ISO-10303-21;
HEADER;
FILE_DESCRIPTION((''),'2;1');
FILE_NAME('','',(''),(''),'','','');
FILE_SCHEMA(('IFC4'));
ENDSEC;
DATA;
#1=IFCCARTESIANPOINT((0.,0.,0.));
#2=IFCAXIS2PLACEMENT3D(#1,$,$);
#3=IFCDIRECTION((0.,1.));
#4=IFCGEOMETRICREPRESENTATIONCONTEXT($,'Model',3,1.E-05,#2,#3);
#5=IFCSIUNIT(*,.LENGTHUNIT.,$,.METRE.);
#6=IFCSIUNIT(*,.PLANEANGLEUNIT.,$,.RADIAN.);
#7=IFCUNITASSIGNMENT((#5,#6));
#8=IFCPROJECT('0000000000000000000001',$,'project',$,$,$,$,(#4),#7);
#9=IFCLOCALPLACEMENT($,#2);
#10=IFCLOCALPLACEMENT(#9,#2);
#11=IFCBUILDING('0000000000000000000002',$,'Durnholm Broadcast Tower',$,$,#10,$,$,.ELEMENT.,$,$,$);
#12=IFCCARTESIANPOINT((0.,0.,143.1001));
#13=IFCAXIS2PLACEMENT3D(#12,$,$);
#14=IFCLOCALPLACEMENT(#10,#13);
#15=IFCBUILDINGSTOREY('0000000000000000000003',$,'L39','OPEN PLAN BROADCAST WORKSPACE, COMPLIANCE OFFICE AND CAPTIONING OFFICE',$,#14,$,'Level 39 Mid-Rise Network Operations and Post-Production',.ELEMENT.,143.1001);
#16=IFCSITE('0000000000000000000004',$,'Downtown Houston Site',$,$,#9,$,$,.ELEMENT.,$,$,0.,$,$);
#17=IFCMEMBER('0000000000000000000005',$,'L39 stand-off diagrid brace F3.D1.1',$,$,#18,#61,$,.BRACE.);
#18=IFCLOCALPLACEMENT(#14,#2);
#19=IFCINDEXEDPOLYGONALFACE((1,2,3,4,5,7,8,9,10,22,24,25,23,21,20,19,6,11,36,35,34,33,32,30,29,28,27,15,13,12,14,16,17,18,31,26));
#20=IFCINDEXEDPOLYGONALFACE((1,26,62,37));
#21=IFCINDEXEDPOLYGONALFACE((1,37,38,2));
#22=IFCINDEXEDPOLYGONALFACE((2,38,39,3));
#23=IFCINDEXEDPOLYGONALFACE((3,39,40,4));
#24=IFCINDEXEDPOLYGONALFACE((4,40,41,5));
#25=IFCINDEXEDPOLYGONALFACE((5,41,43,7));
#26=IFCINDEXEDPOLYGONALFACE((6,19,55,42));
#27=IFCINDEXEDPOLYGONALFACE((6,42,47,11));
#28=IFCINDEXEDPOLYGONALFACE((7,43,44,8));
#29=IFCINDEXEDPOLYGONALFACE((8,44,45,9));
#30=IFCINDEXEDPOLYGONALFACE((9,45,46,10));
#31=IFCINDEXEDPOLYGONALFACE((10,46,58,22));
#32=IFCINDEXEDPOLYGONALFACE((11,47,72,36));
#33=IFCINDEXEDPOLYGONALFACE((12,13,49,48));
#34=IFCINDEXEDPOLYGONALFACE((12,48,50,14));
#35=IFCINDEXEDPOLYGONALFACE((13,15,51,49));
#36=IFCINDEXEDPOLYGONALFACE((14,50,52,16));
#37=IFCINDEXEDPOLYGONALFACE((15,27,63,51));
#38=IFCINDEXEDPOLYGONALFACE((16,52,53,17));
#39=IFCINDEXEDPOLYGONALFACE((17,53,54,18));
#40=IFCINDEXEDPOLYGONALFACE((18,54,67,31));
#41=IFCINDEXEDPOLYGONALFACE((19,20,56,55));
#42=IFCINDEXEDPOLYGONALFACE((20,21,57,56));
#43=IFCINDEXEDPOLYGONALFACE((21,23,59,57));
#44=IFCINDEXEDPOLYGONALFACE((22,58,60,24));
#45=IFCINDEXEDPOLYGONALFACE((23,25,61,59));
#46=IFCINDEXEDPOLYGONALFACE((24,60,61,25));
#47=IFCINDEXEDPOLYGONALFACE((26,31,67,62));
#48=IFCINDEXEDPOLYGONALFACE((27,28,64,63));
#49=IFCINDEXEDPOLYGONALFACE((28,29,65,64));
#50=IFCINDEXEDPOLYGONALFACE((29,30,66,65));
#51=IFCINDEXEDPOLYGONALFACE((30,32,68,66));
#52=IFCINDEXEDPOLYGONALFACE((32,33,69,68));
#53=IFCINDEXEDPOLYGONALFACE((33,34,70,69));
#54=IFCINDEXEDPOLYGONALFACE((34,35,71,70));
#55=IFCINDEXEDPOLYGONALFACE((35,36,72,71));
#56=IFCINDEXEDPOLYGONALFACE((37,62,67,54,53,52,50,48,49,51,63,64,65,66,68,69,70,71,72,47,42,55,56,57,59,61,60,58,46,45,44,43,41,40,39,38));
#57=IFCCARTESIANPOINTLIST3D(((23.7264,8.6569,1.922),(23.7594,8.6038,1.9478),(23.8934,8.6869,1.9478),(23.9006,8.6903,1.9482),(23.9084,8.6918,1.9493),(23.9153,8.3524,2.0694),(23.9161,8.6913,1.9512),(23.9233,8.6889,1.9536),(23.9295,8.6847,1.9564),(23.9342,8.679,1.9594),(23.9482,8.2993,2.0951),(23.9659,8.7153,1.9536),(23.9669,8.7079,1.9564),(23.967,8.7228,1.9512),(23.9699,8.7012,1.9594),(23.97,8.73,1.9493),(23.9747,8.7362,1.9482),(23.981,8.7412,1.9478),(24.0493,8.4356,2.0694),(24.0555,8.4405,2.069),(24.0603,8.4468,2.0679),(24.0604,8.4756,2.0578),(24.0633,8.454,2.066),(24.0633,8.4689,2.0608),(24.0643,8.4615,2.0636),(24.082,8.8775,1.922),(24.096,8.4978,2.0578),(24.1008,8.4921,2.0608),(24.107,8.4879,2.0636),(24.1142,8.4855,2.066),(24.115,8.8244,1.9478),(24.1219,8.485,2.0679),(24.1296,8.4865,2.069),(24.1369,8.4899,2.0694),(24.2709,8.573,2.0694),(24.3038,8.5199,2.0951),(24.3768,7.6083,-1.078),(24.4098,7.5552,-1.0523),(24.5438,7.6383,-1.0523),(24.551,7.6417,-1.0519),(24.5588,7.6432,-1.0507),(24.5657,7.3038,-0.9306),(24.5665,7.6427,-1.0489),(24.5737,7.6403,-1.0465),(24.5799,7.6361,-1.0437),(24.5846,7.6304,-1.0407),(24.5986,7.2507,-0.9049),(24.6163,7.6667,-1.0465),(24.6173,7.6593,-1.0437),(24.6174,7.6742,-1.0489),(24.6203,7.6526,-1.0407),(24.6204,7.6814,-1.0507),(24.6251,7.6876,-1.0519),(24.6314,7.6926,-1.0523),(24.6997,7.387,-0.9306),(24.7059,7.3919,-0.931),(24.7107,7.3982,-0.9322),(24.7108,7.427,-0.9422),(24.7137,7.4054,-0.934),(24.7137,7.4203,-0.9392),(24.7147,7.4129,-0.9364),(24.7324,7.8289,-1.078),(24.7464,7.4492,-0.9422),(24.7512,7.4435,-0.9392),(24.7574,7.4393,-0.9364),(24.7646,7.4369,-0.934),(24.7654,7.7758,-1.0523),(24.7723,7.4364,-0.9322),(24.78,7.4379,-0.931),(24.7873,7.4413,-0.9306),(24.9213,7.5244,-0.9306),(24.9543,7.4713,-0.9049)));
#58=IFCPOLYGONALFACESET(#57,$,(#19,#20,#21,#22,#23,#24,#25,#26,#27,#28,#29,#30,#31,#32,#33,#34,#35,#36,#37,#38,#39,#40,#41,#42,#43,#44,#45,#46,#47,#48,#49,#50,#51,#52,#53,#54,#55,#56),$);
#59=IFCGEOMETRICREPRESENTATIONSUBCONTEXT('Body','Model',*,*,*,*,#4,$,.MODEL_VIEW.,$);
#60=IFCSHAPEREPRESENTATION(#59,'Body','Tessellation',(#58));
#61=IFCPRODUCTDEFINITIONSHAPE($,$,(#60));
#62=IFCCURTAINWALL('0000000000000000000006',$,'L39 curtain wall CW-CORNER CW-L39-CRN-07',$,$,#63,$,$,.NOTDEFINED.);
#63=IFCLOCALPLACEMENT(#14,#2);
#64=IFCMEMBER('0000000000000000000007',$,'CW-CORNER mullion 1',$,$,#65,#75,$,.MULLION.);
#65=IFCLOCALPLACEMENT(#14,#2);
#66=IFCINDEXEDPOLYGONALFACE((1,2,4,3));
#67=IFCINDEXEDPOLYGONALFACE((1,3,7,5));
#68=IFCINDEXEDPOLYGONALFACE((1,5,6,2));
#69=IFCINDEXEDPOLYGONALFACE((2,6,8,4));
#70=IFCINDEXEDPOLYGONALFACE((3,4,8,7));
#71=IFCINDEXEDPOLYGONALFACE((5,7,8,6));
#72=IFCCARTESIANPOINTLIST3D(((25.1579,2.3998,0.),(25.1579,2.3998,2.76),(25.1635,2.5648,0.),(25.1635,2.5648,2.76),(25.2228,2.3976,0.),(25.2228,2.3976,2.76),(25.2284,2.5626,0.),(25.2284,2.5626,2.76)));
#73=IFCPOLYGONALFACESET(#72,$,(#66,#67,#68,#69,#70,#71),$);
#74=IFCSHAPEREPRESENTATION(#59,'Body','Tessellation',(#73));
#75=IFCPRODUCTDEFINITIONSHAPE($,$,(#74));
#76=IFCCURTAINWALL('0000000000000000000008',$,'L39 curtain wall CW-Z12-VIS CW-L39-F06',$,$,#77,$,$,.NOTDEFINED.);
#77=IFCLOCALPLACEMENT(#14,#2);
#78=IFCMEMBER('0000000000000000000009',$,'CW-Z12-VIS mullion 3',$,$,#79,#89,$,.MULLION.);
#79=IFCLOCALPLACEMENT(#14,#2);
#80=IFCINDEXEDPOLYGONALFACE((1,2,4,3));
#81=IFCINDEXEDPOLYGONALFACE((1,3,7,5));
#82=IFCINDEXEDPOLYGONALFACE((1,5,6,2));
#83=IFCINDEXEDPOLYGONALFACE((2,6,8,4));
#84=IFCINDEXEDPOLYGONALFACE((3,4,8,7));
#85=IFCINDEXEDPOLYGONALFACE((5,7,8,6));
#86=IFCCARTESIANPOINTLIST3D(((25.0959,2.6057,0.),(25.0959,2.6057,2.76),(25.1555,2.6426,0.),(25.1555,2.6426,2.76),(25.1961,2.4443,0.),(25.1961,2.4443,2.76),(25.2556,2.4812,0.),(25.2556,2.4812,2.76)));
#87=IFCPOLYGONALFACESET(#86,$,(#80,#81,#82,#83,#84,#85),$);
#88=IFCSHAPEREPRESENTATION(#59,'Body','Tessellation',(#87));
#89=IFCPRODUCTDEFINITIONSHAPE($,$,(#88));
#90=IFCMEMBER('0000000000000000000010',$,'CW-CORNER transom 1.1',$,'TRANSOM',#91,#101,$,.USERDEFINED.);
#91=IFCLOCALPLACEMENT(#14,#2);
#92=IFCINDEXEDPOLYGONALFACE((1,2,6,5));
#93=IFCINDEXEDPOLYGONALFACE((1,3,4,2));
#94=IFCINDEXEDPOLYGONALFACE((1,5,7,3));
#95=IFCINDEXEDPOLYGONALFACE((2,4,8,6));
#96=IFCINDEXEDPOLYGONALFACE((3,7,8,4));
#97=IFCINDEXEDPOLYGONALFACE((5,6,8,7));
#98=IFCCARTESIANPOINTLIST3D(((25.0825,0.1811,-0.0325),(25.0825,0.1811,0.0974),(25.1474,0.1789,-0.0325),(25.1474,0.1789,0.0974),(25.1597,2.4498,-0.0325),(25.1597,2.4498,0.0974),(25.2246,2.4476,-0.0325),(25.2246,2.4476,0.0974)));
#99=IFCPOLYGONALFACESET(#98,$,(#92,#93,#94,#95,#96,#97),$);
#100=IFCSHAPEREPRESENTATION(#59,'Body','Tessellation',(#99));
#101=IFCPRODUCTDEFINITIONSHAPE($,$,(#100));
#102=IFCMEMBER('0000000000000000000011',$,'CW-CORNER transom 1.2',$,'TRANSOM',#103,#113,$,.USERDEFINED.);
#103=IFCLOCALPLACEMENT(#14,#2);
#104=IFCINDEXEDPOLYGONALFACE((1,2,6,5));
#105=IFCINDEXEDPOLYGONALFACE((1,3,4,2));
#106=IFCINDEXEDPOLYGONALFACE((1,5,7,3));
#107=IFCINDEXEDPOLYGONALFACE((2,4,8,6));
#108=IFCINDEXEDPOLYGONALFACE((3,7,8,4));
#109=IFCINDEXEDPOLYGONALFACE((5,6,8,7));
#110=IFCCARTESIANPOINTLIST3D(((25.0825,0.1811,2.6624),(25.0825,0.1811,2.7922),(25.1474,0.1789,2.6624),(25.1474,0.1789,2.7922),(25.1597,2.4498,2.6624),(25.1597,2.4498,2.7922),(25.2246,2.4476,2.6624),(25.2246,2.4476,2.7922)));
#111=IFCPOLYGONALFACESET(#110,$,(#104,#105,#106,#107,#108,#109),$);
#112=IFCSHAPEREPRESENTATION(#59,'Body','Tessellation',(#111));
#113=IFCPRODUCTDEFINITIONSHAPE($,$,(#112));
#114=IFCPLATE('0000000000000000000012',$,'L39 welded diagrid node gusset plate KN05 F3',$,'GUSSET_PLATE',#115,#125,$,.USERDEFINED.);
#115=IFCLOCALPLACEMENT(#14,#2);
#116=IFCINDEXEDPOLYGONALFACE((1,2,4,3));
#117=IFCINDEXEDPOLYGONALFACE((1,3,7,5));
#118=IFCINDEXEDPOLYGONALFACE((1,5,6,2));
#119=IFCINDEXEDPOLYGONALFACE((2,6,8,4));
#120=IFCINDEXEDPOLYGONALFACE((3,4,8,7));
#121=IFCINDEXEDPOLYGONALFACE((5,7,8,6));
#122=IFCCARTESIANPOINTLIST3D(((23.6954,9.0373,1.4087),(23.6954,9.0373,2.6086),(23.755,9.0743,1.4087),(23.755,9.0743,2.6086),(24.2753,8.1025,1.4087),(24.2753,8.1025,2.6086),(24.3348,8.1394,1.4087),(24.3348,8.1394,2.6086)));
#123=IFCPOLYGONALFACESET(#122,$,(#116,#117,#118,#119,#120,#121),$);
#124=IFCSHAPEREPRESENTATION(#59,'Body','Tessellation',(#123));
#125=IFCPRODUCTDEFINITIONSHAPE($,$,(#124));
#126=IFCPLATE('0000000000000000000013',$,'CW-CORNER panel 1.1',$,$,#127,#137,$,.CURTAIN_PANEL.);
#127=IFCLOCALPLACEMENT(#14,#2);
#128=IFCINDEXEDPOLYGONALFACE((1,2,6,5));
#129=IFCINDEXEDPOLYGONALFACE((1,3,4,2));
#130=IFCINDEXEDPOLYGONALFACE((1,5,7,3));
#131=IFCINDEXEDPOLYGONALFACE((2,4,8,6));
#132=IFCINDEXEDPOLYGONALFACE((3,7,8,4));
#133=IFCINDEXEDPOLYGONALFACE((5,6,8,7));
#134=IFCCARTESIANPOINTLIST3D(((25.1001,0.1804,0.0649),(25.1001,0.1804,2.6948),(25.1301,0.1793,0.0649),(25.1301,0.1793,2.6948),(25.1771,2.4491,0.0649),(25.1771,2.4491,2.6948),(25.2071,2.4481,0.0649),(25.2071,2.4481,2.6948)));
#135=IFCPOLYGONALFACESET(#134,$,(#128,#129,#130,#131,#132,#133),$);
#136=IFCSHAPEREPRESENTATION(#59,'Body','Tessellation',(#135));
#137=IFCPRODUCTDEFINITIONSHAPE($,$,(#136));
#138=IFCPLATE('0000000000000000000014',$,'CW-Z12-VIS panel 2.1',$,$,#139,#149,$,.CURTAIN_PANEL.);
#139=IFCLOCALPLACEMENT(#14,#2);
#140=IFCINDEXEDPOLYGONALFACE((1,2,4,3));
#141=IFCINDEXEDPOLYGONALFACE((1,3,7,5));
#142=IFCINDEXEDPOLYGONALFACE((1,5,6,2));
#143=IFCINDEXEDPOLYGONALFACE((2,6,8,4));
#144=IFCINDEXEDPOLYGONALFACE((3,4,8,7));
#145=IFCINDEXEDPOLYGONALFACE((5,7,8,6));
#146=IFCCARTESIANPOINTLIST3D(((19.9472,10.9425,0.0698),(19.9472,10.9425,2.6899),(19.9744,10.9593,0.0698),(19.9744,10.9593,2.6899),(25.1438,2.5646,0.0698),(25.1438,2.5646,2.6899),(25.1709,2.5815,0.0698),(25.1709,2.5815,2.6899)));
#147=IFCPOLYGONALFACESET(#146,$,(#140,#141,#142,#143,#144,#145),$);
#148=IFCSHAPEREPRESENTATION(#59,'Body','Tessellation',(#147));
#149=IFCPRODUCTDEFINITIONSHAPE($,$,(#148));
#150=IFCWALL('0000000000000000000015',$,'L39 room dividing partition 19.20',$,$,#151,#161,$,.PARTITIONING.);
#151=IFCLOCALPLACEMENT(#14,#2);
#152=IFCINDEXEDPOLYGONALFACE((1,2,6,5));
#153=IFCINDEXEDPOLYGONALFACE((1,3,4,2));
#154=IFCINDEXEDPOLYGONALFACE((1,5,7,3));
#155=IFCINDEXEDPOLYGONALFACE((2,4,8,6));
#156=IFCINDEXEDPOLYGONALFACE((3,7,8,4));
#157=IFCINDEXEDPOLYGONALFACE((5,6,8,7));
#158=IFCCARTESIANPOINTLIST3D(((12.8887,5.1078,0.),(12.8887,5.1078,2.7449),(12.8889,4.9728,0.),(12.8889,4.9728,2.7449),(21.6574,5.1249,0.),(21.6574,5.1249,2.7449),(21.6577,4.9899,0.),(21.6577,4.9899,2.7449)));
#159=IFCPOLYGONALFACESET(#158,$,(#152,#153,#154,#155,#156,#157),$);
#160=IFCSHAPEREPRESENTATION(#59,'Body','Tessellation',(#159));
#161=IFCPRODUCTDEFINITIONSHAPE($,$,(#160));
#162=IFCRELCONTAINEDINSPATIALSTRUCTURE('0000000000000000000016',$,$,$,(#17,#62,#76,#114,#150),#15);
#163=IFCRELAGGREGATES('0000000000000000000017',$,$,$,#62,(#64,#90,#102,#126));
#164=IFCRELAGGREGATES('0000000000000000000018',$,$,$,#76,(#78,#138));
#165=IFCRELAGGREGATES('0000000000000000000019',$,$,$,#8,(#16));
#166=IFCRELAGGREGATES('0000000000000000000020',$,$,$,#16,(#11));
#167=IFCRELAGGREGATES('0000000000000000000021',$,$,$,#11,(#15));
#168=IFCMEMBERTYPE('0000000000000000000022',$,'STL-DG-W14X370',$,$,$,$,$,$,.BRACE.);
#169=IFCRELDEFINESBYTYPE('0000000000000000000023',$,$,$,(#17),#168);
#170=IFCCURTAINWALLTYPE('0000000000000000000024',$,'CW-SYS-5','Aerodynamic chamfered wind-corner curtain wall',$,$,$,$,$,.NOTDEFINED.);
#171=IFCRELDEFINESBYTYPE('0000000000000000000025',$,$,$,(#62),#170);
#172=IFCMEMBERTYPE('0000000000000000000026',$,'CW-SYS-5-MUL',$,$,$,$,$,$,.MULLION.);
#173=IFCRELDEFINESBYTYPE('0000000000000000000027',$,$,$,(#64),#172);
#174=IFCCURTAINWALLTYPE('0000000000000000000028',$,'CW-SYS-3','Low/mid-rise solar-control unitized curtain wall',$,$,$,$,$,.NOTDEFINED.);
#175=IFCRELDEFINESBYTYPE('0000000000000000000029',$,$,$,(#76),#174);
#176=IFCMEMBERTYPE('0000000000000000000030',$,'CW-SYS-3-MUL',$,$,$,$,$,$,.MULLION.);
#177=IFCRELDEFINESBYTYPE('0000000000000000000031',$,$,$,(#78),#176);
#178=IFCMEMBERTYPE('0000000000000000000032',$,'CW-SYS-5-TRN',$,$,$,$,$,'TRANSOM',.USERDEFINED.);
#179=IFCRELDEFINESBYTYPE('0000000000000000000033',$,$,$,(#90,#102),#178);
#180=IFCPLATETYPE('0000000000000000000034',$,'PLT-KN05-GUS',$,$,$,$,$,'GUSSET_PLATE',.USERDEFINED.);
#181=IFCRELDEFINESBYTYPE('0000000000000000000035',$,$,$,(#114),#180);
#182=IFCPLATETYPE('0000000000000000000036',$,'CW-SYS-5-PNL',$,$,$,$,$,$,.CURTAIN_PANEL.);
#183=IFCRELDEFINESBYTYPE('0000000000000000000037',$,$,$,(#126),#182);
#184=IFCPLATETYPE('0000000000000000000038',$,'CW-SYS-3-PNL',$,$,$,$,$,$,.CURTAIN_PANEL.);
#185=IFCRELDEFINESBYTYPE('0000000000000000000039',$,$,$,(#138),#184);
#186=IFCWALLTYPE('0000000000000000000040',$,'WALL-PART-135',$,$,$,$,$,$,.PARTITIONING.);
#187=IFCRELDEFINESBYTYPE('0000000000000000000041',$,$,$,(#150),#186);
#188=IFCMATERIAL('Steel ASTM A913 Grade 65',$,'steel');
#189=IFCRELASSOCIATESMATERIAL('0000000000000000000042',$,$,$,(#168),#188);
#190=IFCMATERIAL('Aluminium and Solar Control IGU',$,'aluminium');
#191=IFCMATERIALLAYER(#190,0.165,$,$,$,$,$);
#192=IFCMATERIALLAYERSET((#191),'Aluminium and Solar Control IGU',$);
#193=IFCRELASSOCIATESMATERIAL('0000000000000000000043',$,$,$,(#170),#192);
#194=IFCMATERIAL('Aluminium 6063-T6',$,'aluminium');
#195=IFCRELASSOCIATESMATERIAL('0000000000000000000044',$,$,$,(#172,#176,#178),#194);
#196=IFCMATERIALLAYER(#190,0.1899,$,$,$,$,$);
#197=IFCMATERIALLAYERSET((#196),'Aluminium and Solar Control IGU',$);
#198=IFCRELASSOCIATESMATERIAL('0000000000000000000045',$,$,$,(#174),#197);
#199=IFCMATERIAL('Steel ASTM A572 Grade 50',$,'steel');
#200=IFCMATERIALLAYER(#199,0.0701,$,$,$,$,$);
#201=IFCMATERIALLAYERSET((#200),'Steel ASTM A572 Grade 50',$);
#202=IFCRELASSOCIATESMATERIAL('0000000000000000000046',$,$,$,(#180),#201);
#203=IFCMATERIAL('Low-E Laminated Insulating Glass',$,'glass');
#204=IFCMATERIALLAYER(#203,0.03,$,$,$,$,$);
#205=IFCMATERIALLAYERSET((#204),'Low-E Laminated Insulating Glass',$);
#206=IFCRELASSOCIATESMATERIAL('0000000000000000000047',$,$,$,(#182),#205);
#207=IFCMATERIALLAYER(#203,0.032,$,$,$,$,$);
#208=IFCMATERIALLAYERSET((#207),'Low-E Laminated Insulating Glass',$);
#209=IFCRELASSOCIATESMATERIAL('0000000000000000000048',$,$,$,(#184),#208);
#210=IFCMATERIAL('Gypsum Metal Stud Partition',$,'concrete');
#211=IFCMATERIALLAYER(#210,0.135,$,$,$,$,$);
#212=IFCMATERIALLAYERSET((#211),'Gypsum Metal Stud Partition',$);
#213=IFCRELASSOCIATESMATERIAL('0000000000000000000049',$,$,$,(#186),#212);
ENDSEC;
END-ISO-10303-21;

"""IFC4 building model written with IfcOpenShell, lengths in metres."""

from ifc_helpers import new_model, si_unit, direction, frame, frame_2d, origin, origin_2d, place, context, subcontext, project, spatial, rectangle, i_section, extrude, source, transform, mapped, material, layer, layer_set, material_profile, profile_set, type_object, type_shapes, element, aggregate, save


model = new_model("IFC4")

# Units and contexts
model_context = context("Model", 3, precision=1e-05, world=origin(), true_north=direction((0.0, 1.0)))
body_context = subcontext(model_context, "Body", "Model", "MODEL_VIEW")
ifc_project = project(units=[si_unit("LENGTHUNIT", "METRE"), si_unit("PLANEANGLEUNIT", "RADIAN")], contexts=[model_context])

# Site, building, storey
site_placement = place(None, origin())
site = spatial("IfcSite", under=ifc_project, at=site_placement, Name="Downtown Houston Site", CompositionType="ELEMENT", RefElevation=0.0)
building_placement = place(site_placement, origin())
building = spatial("IfcBuilding", under=site, at=building_placement, Name="Durnholm Broadcast Tower", CompositionType="ELEMENT")
storey_placement = place(building_placement, frame((0.0, 0.0, 143.1001)))
storey = spatial("IfcBuildingStorey", under=building, at=storey_placement, Name="L39", Description="OPEN PLAN BROADCAST WORKSPACE, COMPLIANCE OFFICE AND CAPTIONING OFFICE", LongName="Level 39 Mid-Rise Network Operations and Post-Production", CompositionType="ELEMENT", Elevation=143.1001)

# Member
ifc_material_1 = material(Name="Steel ASTM A913 Grade 65", Category="steel")
ifc_material_profile_1 = material_profile(ifc_material_1, i_section(OverallWidth=0.4185, OverallDepth=0.4551, WebThickness=0.042, FlangeThickness=0.0676, FilletRadius=0.0305, at=origin_2d()), Name="W14X370")
ifc_profile_set_1 = profile_set([ifc_material_profile_1], Name="Steel ASTM A913 Grade 65")
member_type_1 = type_object("IfcMemberType", Name="STL-DG-W14X370", PredefinedType="BRACE", material=ifc_profile_set_1)
shared_shape_1 = source(origin(), body_context, "Body", "SweptSolid", [
    extrude(i_section(OverallWidth=0.4185, OverallDepth=0.4551, WebThickness=0.042, FlangeThickness=0.0676, FilletRadius=0.0305, at=origin_2d()), origin(), (0.0, 0.0, 1.0), 3.2439),
])
type_shapes(member_type_1, [shared_shape_1])
member_1_placement = place(storey_placement, frame((24.6655, 7.5398, -0.9915), z_axis=(-0.2005, 0.323253, 0.924828), x_axis=(-0.849805, -0.527097, 0.0)))
element("IfcMember", 1, at=member_1_placement, inside=storey, type_object=member_type_1, Name="L39 stand-off diagrid brace F3.D1.1", PredefinedType="BRACE", context=body_context, shape_type="MappedRepresentation", body=[
    mapped(shared_shape_1, transform((0.0, 0.0, 0.0), x_axis=(1.0, 0.0, 0.0), y_axis=(0.0, 1.0, 0.0), z_axis=(0.0, 0.0, 1.0), scale=1.0)),
])

# Curtain walls, members
ifc_material_2 = material(Name="Aluminium and Solar Control IGU", Category="aluminium")
ifc_layer_1 = layer(ifc_material_2, 0.165)
ifc_layer_set_1 = layer_set([ifc_layer_1], Name="Aluminium and Solar Control IGU")
curtain_wall_type_1 = type_object("IfcCurtainWallType", Name="CW-SYS-5", Description="Aerodynamic chamfered wind-corner curtain wall", PredefinedType="NOTDEFINED", material=ifc_layer_set_1)
curtain_wall_1_placement = place(storey_placement, origin())
curtain_wall_1 = element("IfcCurtainWall", 2, at=curtain_wall_1_placement, inside=storey, type_object=curtain_wall_type_1, Name="L39 curtain wall CW-CORNER CW-L39-CRN-07", PredefinedType="NOTDEFINED")
ifc_material_3 = material(Name="Aluminium 6063-T6", Category="aluminium")
ifc_material_profile_2 = material_profile(ifc_material_3, rectangle(XDim=0.0649, YDim=0.165, at=origin_2d()), Name="CWM65X165")
ifc_profile_set_2 = profile_set([ifc_material_profile_2], Name="Aluminium 6063-T6")
member_type_2 = type_object("IfcMemberType", Name="CW-SYS-5-MUL", PredefinedType="MULLION", material=ifc_profile_set_2)
shared_shape_2 = source(origin(), body_context, "Body", "SweptSolid", [
    extrude(rectangle(XDim=0.0649, YDim=0.165, at=origin_2d()), origin(), (0.0, 0.0, 1.0), 2.76),
])
type_shapes(member_type_2, [shared_shape_2])
member_2_placement = place(storey_placement, frame((25.1931, 2.4812, 0.0), z_axis=(0.0, 0.0, 1.0), x_axis=(0.999425, -0.033917, 0.0)))
member_2 = element("IfcMember", 3, at=member_2_placement, type_object=member_type_2, Name="CW-CORNER mullion 1", PredefinedType="MULLION", context=body_context, shape_type="MappedRepresentation", body=[
    mapped(shared_shape_2, transform((0.0, 0.0, 0.0), x_axis=(1.0, 0.0, 0.0), y_axis=(0.0, 1.0, 0.0), z_axis=(0.0, 0.0, 1.0), scale=1.0)),
])
ifc_layer_2 = layer(ifc_material_2, 0.1899)
ifc_layer_set_2 = layer_set([ifc_layer_2], Name="Aluminium and Solar Control IGU")
curtain_wall_type_2 = type_object("IfcCurtainWallType", Name="CW-SYS-3", Description="Low/mid-rise solar-control unitized curtain wall", PredefinedType="NOTDEFINED", material=ifc_layer_set_2)
curtain_wall_2_placement = place(storey_placement, origin())
curtain_wall_2 = element("IfcCurtainWall", 4, at=curtain_wall_2_placement, inside=storey, type_object=curtain_wall_type_2, Name="L39 curtain wall CW-Z12-VIS CW-L39-F06", PredefinedType="NOTDEFINED")
ifc_material_profile_3 = material_profile(ifc_material_3, rectangle(XDim=0.0701, YDim=0.1899, at=origin_2d()), Name="CWM70X190")
ifc_profile_set_3 = profile_set([ifc_material_profile_3], Name="Aluminium 6063-T6")
member_type_3 = type_object("IfcMemberType", Name="CW-SYS-3-MUL", PredefinedType="MULLION", material=ifc_profile_set_3)
shared_shape_3 = source(origin(), body_context, "Body", "SweptSolid", [
    extrude(rectangle(XDim=0.0701, YDim=0.1899, at=origin_2d()), origin(), (0.0, 0.0, 1.0), 2.76),
])
type_shapes(member_type_3, [shared_shape_3])
member_3_placement = place(storey_placement, frame((25.1758, 2.5435, 0.0), z_axis=(0.0, 0.0, 1.0), x_axis=(0.8498, 0.527105, 0.0)))
member_3 = element("IfcMember", 5, at=member_3_placement, type_object=member_type_3, Name="CW-Z12-VIS mullion 3", PredefinedType="MULLION", context=body_context, shape_type="MappedRepresentation", body=[
    mapped(shared_shape_3, transform((0.0, 0.0, 0.0), x_axis=(1.0, 0.0, 0.0), y_axis=(0.0, 1.0, 0.0), z_axis=(0.0, 0.0, 1.0), scale=1.0)),
])

# Members
ifc_material_profile_4 = material_profile(ifc_material_3, rectangle(XDim=0.0649, YDim=0.1299, at=origin_2d()), Name="CWT65X130")
ifc_profile_set_4 = profile_set([ifc_material_profile_4], Name="Aluminium 6063-T6")
member_type_4 = type_object("IfcMemberType", Name="CW-SYS-5-TRN", ElementType="TRANSOM", PredefinedType="USERDEFINED", material=ifc_profile_set_4)
shared_shape_4 = source(origin(), body_context, "Body", "SweptSolid", [
    extrude(rectangle(XDim=0.0649, YDim=0.1299, at=origin_2d()), origin(), (0.0, 0.0, 1.0), 2.27),
])
type_shapes(member_type_4, [shared_shape_4])
member_4_placement = place(storey_placement, frame((25.1921, 2.4487, 0.0325), z_axis=(-0.033984, -0.999422, 0.0), x_axis=(0.999422, -0.033984, 0.0)))
member_4 = element("IfcMember", 6, at=member_4_placement, type_object=member_type_4, Name="CW-CORNER transom 1.1", ObjectType="TRANSOM", PredefinedType="USERDEFINED", context=body_context, shape_type="MappedRepresentation", body=[
    mapped(shared_shape_4, transform((0.0, 0.0, 0.0), x_axis=(1.0, 0.0, 0.0), y_axis=(0.0, 1.0, 0.0), z_axis=(0.0, 0.0, 1.0), scale=1.0)),
])
member_5_placement = place(storey_placement, frame((25.1921, 2.4487, 2.7273), z_axis=(-0.033984, -0.999422, 0.0), x_axis=(0.999422, -0.033984, 0.0)))
member_5 = element("IfcMember", 7, at=member_5_placement, type_object=member_type_4, Name="CW-CORNER transom 1.2", ObjectType="TRANSOM", PredefinedType="USERDEFINED", context=body_context, shape_type="MappedRepresentation", body=[
    mapped(shared_shape_4, transform((0.0, 0.0, 0.0), x_axis=(1.0, 0.0, 0.0), y_axis=(0.0, 1.0, 0.0), z_axis=(0.0, 0.0, 1.0), scale=1.0)),
])

# Plates
ifc_material_4 = material(Name="Steel ASTM A572 Grade 50", Category="steel")
ifc_layer_3 = layer(ifc_material_4, 0.0701)
ifc_layer_set_3 = layer_set([ifc_layer_3], Name="Steel ASTM A572 Grade 50")
plate_type_1 = type_object("IfcPlateType", Name="PLT-KN05-GUS", ElementType="GUSSET_PLATE", PredefinedType="USERDEFINED", material=ifc_layer_set_3)
shared_shape_5 = source(origin(), body_context, "Body", "SweptSolid", [
    extrude(rectangle(XDim=1.1001, YDim=0.0701, at=origin_2d()), origin(), (0.0, 0.0, 1.0), 1.2),
])
type_shapes(plate_type_1, [shared_shape_5])
plate_1_placement = place(storey_placement, frame((24.0151, 8.5884, 1.4087), z_axis=(0.0, 0.0, 1.0), x_axis=(-0.527104, 0.849801, 0.0)))
element("IfcPlate", 8, at=plate_1_placement, inside=storey, type_object=plate_type_1, Name="L39 welded diagrid node gusset plate KN05 F3", ObjectType="GUSSET_PLATE", PredefinedType="USERDEFINED", context=body_context, shape_type="MappedRepresentation", body=[
    mapped(shared_shape_5, transform((0.0, 0.0, 0.0), x_axis=(1.0, 0.0, 0.0), y_axis=(0.0, 1.0, 0.0), z_axis=(0.0, 0.0, 1.0), scale=1.0)),
])
ifc_material_5 = material(Name="Low-E Laminated Insulating Glass", Category="glass")
ifc_layer_4 = layer(ifc_material_5, 0.03)
ifc_layer_set_4 = layer_set([ifc_layer_4], Name="Low-E Laminated Insulating Glass")
plate_type_2 = type_object("IfcPlateType", Name="CW-SYS-5-PNL", PredefinedType="CURTAIN_PANEL", material=ifc_layer_set_4)
shared_shape_6 = source(origin(), body_context, "Body", "SweptSolid", [
    extrude(rectangle(XDim=2.27, YDim=0.03, at=origin_2d()), origin(), (0.0, 0.0, 1.0), 2.6299),
])
type_shapes(plate_type_2, [shared_shape_6])
plate_2_placement = place(storey_placement, frame((25.1536, 1.3142, 0.0649), z_axis=(0.0, 0.0, 1.0), x_axis=(-0.033917, -0.999425, 0.0)))
plate_2 = element("IfcPlate", 9, at=plate_2_placement, type_object=plate_type_2, Name="CW-CORNER panel 1.1", PredefinedType="CURTAIN_PANEL", context=body_context, shape_type="MappedRepresentation", body=[
    mapped(shared_shape_6, transform((0.0, 0.0, 0.0), x_axis=(1.0, 0.0, 0.0), y_axis=(0.0, 1.0, 0.0), z_axis=(0.0, 0.0, 1.0), scale=1.0)),
])
aggregate(curtain_wall_1, [member_2, member_4, member_5, plate_2])
ifc_layer_5 = layer(ifc_material_5, 0.032)
ifc_layer_set_5 = layer_set([ifc_layer_5], Name="Low-E Laminated Insulating Glass")
plate_type_3 = type_object("IfcPlateType", Name="CW-SYS-3-PNL", PredefinedType="CURTAIN_PANEL", material=ifc_layer_set_5)
shared_shape_7 = source(origin(), body_context, "Body", "SweptSolid", [
    extrude(rectangle(XDim=9.8586, YDim=0.032, at=origin_2d()), origin(), (0.0, 0.0, 1.0), 2.6201),
])
type_shapes(plate_type_3, [shared_shape_7])
plate_3_placement = place(storey_placement, frame((22.5591, 6.762, 0.0698), z_axis=(0.0, 0.0, 1.0), x_axis=(0.527105, -0.8498, 0.0)))
plate_3 = element("IfcPlate", 10, at=plate_3_placement, type_object=plate_type_3, Name="CW-Z12-VIS panel 2.1", PredefinedType="CURTAIN_PANEL", context=body_context, shape_type="MappedRepresentation", body=[
    mapped(shared_shape_7, transform((0.0, 0.0, 0.0), x_axis=(1.0, 0.0, 0.0), y_axis=(0.0, 1.0, 0.0), z_axis=(0.0, 0.0, 1.0), scale=1.0)),
])
aggregate(curtain_wall_2, [member_3, plate_3])

# Wall
ifc_material_6 = material(Name="Gypsum Metal Stud Partition", Category="concrete")
ifc_layer_6 = layer(ifc_material_6, 0.135)
ifc_layer_set_6 = layer_set([ifc_layer_6], Name="Gypsum Metal Stud Partition")
wall_type_1 = type_object("IfcWallType", Name="WALL-PART-135", PredefinedType="PARTITIONING", material=ifc_layer_set_6)
wall_1_placement = place(storey_placement, frame((12.8889, 5.0403, 0.0), z_axis=(0.0, 0.0, 1.0), x_axis=(0.999998, 0.001949, 0.0)))
element("IfcWall", 11, at=wall_1_placement, inside=storey, type_object=wall_type_1, Name="L39 room dividing partition 19.20", PredefinedType="PARTITIONING", context=body_context, shape_type="SweptSolid", body=[
    extrude(rectangle(XDim=8.7688, YDim=0.135, at=frame_2d((4.3843, 0.0))), origin(), (0.0, 0.0, 1.0), 2.7449),
])

save(model, "model.ifc")
